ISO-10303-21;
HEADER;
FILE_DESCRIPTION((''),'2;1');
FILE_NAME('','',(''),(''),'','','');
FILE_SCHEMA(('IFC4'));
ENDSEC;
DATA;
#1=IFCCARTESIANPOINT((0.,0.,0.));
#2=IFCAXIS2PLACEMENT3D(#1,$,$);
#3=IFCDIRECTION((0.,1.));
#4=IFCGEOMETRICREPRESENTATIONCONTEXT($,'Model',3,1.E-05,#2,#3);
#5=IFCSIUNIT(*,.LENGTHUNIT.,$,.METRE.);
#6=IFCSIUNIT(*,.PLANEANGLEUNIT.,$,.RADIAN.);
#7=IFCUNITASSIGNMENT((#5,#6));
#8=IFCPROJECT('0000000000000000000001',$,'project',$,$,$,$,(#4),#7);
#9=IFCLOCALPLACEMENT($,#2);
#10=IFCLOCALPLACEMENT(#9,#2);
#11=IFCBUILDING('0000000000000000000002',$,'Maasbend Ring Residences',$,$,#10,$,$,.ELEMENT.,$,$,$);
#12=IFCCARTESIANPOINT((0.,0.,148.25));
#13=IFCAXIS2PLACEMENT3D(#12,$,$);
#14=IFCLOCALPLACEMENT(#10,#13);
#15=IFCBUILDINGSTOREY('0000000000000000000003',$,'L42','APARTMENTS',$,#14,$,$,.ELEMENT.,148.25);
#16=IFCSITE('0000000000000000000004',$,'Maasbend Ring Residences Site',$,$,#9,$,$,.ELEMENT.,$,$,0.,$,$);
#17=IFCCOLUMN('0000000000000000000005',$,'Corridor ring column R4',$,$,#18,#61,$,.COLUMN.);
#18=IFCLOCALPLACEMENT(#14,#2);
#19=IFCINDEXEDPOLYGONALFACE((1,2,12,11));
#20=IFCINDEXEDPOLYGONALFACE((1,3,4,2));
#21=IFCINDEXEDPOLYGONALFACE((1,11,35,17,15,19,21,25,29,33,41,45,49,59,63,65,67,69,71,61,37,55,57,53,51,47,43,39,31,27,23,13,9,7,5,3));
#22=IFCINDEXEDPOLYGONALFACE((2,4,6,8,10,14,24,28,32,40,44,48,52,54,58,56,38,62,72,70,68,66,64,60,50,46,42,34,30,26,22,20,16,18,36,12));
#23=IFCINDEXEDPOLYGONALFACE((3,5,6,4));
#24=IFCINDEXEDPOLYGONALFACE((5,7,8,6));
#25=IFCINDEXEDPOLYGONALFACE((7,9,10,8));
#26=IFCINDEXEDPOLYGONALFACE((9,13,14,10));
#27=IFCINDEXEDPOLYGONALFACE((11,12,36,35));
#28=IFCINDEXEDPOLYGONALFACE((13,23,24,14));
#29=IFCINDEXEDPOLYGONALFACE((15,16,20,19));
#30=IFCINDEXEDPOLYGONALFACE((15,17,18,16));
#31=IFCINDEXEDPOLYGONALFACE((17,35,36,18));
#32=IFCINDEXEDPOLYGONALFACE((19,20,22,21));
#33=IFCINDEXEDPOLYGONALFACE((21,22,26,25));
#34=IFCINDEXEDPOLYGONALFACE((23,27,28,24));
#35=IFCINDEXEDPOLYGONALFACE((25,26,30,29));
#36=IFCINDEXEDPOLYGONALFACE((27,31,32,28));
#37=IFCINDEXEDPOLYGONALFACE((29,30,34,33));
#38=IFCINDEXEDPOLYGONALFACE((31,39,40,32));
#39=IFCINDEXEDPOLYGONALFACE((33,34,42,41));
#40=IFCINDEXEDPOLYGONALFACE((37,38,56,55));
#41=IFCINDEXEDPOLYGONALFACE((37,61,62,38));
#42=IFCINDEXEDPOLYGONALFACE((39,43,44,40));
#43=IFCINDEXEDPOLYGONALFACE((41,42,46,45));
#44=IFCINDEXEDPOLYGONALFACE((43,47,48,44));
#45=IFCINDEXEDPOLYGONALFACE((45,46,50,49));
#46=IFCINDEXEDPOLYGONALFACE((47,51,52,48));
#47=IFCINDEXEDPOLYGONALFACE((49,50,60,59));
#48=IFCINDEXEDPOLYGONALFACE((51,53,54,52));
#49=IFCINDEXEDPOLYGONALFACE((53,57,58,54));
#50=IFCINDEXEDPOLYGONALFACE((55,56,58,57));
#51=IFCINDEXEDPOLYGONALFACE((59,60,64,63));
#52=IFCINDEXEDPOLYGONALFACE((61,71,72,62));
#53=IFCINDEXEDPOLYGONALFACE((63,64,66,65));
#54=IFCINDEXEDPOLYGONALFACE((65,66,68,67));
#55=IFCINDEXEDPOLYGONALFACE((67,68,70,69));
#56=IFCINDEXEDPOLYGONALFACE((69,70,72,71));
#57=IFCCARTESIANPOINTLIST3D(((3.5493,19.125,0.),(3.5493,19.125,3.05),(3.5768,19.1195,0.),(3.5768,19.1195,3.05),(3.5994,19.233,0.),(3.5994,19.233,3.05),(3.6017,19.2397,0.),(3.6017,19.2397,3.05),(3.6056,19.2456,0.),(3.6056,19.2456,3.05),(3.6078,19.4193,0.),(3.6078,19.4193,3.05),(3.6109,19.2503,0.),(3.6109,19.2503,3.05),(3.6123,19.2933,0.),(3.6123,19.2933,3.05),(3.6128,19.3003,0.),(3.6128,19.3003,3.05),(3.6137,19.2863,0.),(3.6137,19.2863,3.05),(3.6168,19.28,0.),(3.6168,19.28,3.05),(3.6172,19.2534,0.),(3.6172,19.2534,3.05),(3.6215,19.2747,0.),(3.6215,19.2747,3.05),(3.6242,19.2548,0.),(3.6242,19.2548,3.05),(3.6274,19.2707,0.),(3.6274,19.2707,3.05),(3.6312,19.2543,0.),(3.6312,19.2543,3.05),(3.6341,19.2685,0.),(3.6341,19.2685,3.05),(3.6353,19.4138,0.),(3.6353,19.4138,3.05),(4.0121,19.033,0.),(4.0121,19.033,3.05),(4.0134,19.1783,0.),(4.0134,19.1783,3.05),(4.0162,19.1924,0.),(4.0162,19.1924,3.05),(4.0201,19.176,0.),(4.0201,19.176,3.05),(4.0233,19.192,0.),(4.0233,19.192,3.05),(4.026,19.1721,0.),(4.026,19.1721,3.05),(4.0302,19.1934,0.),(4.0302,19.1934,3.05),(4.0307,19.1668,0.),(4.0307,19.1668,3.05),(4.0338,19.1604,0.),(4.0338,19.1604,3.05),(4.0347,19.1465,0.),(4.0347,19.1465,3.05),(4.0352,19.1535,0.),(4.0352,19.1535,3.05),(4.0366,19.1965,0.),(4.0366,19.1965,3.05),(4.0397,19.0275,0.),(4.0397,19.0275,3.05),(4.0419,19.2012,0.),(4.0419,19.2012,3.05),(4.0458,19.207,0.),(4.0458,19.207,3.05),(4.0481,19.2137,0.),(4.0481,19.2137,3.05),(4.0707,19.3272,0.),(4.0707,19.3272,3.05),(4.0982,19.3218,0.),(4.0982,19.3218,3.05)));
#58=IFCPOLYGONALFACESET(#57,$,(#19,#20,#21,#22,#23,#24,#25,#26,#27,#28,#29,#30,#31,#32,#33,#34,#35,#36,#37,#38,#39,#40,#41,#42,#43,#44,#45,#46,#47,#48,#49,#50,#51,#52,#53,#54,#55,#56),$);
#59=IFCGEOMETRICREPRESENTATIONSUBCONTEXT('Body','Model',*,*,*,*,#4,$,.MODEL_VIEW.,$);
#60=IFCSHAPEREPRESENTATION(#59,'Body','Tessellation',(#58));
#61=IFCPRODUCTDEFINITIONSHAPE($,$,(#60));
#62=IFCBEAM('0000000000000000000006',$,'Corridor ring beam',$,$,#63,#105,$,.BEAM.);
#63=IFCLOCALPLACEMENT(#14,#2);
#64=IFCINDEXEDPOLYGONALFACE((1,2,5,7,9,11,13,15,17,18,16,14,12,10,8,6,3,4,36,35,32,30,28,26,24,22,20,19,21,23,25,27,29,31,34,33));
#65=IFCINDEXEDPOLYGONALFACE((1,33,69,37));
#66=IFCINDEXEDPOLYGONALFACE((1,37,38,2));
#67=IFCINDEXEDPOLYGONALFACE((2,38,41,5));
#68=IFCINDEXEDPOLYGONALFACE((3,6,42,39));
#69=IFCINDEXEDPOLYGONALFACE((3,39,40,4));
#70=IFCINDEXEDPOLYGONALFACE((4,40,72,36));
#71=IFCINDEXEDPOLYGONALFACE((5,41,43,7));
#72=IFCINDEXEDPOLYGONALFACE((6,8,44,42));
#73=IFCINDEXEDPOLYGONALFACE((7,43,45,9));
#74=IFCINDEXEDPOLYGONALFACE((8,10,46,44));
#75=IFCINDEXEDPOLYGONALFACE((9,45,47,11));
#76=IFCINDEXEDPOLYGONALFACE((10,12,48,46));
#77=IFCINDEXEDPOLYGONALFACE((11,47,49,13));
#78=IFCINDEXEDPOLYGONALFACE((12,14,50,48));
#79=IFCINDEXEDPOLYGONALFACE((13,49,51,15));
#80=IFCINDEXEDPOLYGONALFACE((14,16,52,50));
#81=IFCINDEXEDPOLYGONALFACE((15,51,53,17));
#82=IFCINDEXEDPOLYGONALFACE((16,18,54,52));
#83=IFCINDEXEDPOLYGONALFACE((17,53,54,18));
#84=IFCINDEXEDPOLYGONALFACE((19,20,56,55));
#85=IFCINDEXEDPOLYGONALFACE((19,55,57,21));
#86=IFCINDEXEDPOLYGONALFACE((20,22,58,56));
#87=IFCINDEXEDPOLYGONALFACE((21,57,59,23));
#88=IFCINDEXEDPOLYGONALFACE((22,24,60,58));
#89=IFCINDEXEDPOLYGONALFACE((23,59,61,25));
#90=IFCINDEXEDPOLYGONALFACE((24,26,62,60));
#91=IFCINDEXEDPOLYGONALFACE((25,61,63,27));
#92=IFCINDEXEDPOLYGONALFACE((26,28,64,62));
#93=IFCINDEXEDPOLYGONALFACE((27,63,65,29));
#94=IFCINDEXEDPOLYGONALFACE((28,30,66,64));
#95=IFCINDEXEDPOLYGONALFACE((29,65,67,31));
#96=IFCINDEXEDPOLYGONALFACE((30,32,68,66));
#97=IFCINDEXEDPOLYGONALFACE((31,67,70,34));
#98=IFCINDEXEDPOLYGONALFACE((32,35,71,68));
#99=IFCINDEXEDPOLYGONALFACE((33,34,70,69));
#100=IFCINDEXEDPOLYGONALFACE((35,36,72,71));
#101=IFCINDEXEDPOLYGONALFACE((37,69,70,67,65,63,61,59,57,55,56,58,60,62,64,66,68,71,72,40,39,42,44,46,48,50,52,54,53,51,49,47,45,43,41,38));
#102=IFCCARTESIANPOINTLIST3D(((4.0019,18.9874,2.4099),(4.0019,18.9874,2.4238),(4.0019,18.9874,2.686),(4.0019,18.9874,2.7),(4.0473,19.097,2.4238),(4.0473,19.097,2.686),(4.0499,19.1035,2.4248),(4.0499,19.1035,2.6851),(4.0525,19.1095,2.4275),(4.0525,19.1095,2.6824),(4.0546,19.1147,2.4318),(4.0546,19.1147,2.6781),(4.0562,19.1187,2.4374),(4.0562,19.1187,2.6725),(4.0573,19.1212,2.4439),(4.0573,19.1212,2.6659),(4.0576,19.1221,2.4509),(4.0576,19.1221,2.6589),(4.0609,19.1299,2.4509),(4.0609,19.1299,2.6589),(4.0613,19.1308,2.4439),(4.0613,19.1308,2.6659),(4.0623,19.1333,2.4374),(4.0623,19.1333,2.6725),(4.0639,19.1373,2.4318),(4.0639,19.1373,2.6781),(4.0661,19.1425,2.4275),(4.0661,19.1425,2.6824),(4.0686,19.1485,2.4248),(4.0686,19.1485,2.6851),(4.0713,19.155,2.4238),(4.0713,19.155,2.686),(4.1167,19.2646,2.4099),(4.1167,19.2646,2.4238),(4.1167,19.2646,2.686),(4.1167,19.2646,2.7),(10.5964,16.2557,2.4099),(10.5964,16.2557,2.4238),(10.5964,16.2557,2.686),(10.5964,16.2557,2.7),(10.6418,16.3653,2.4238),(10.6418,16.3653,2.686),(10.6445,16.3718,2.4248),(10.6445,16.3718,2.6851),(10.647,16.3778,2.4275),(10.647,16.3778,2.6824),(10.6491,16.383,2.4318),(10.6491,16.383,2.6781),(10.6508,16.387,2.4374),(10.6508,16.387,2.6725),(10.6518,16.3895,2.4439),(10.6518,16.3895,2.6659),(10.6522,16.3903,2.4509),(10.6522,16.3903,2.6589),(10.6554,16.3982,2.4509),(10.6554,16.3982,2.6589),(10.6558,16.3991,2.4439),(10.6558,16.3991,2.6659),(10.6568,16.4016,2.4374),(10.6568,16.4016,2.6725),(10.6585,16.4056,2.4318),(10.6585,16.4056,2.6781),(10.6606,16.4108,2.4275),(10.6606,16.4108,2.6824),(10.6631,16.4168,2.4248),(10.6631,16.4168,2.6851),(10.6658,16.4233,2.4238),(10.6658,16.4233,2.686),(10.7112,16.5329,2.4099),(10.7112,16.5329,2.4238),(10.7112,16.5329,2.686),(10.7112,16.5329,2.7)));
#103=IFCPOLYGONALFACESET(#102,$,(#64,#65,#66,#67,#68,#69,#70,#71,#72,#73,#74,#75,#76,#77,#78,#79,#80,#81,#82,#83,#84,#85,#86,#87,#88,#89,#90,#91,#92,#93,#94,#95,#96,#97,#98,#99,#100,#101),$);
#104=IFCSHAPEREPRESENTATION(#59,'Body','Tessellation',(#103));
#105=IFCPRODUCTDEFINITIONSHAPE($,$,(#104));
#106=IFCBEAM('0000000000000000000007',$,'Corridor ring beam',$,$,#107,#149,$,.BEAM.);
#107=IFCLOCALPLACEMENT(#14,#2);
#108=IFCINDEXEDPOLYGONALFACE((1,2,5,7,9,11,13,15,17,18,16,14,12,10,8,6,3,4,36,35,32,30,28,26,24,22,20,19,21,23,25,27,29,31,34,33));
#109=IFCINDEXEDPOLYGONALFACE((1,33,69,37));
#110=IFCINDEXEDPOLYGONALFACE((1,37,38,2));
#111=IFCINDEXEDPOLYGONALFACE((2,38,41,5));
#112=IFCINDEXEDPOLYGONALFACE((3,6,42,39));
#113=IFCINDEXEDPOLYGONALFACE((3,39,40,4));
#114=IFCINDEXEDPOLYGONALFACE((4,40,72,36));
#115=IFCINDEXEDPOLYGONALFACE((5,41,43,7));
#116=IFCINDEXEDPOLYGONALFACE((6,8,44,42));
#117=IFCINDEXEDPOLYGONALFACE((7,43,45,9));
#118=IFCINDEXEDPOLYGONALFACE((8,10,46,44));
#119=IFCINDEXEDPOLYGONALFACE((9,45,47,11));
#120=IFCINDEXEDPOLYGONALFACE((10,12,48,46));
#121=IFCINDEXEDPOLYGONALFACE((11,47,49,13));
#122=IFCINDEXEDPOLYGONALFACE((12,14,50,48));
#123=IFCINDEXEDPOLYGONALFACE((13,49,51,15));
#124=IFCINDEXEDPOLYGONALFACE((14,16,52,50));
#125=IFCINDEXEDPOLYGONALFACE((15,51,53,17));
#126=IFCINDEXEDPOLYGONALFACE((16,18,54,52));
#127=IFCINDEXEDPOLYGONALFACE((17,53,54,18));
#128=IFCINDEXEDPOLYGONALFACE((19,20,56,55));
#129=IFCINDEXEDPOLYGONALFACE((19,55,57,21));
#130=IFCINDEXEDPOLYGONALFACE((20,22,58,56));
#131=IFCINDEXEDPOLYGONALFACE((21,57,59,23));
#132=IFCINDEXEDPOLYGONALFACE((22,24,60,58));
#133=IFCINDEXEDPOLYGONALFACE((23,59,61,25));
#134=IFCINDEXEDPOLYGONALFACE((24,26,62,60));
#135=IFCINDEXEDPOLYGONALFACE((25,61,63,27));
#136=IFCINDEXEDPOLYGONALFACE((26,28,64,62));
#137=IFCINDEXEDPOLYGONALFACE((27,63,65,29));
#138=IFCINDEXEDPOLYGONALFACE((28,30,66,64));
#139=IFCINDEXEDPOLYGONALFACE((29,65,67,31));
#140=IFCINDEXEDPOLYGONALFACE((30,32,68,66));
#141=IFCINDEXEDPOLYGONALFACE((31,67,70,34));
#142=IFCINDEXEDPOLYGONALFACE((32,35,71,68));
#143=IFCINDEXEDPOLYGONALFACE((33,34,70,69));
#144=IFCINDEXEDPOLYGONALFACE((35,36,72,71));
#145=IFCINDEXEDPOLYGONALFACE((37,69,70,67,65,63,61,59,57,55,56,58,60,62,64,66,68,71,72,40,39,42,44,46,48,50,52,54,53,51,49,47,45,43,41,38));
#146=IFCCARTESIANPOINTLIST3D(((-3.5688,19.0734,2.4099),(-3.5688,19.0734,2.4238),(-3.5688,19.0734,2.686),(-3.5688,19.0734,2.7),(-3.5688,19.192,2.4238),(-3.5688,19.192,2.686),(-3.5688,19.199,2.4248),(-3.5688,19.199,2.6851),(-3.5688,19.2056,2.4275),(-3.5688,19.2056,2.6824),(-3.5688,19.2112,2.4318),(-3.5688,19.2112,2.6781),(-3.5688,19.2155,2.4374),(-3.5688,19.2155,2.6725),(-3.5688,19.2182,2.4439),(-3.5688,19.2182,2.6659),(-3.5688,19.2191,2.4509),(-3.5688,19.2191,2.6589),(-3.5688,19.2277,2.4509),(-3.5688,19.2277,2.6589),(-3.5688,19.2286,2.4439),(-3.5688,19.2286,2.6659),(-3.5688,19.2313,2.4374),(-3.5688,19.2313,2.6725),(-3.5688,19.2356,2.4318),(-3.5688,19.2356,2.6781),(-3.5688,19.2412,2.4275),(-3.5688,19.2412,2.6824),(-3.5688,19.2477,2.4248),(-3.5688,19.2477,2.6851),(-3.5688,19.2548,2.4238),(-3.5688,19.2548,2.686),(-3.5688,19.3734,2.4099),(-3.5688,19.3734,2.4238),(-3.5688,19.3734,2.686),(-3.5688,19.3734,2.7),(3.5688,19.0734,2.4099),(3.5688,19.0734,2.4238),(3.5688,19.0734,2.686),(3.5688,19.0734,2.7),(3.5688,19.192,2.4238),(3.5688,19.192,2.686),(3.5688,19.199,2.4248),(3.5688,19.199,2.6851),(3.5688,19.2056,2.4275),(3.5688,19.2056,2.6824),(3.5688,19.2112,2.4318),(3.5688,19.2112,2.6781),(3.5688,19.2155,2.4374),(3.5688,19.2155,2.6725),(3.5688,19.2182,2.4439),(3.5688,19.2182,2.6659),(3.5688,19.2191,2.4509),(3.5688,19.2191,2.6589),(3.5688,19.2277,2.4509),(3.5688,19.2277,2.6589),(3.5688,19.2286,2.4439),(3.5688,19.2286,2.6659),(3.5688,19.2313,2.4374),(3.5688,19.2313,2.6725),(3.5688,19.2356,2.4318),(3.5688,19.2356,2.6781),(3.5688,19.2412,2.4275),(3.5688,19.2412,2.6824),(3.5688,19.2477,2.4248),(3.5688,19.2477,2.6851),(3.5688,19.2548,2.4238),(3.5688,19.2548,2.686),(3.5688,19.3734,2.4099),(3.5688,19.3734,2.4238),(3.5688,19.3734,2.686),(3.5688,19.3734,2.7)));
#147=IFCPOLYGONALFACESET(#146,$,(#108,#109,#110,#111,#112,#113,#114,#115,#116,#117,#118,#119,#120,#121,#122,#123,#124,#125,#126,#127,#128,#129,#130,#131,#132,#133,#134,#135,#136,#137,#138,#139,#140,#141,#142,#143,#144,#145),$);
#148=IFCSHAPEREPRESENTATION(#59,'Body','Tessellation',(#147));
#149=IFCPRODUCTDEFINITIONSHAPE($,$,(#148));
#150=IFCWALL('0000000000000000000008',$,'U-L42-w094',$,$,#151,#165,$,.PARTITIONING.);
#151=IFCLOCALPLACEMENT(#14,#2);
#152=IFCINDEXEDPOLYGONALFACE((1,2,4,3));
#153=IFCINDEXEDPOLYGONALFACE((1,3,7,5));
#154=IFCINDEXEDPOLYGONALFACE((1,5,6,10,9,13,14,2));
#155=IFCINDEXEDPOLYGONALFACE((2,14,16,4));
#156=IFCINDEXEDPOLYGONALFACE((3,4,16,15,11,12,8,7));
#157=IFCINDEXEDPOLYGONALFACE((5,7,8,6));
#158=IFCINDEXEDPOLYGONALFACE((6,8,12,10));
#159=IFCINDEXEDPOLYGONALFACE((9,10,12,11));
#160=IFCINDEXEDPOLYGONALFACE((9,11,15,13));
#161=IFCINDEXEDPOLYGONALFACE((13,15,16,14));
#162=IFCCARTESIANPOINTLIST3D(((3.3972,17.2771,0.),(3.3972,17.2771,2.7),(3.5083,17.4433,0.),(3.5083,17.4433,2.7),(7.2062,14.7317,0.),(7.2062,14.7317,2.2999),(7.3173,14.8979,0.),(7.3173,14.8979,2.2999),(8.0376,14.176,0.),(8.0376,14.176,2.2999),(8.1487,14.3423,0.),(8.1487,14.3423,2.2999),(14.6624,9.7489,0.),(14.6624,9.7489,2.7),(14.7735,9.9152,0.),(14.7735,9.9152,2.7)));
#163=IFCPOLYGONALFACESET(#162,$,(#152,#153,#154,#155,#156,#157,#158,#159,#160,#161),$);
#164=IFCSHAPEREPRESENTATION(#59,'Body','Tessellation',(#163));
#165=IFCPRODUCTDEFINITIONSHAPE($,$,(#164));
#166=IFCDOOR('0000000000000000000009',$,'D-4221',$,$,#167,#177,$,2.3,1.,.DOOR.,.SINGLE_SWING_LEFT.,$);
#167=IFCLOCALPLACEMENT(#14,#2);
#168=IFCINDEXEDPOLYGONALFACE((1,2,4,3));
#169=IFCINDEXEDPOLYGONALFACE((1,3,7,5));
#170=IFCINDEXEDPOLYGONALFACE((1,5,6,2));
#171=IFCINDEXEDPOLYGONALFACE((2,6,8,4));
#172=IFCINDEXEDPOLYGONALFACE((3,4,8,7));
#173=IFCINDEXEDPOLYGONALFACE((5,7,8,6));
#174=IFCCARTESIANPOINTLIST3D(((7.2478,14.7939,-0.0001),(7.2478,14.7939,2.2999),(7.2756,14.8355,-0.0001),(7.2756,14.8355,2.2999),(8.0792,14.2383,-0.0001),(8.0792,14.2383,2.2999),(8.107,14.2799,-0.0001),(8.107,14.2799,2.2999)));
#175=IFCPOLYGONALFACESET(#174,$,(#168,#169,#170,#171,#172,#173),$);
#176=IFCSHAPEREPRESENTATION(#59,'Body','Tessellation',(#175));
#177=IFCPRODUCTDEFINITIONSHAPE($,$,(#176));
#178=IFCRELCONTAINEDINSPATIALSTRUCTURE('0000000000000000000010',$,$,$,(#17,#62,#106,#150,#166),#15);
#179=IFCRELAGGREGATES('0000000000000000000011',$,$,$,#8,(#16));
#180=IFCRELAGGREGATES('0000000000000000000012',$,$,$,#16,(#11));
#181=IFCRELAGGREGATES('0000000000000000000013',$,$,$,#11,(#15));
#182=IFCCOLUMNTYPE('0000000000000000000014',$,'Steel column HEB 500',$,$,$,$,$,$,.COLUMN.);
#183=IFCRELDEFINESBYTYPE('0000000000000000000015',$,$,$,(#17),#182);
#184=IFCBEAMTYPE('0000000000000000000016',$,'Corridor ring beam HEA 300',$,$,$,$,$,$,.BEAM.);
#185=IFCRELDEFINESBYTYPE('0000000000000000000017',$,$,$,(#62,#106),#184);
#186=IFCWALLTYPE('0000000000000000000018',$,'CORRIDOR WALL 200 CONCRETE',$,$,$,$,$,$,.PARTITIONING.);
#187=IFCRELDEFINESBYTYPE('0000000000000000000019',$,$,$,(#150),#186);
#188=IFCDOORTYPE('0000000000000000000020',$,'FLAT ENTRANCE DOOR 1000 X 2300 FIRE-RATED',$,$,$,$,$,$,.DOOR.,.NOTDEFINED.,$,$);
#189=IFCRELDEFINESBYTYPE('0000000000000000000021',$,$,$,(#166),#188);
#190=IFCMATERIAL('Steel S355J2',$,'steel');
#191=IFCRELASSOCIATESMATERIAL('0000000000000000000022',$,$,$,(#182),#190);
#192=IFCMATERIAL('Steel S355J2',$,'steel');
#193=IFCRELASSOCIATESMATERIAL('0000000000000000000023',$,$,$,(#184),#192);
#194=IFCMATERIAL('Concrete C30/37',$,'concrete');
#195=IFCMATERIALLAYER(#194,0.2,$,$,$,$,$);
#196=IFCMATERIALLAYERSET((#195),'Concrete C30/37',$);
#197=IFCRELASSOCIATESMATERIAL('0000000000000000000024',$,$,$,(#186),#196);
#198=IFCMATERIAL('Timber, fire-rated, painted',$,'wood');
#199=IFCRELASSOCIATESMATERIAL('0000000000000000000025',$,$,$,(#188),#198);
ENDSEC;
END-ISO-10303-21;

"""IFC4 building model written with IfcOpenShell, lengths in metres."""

from ifc_helpers import new_model, si_unit, direction, frame, frame_2d, origin, origin_2d, place, context, subcontext, project, spatial, rectangle, i_section, extrude, material, layer, layer_set, material_profile, profile_set, type_object, element, fill, save


model = new_model("IFC4")

# Units and contexts
model_context = context("Model", 3, precision=1e-05, world=origin(), true_north=direction((0.0, 1.0)))
body_context = subcontext(model_context, "Body", "Model", "MODEL_VIEW")
ifc_project = project(units=[si_unit("LENGTHUNIT", "METRE"), si_unit("PLANEANGLEUNIT", "RADIAN")], contexts=[model_context])

# Site, building, storey
site_placement = place(None, origin())
site = spatial("IfcSite", under=ifc_project, at=site_placement, Name="Maasbend Ring Residences Site", CompositionType="ELEMENT", RefElevation=0.0)
building_placement = place(site_placement, origin())
building = spatial("IfcBuilding", under=site, at=building_placement, Name="Maasbend Ring Residences", CompositionType="ELEMENT")
storey_placement = place(building_placement, frame((0.0, 0.0, 148.25)))
storey = spatial("IfcBuildingStorey", under=building, at=storey_placement, Name="L42", Description="APARTMENTS", CompositionType="ELEMENT", Elevation=148.25)

# Column
ifc_material_1 = material(Name="Steel S355J2", Category="steel")
ifc_material_profile_1 = material_profile(ifc_material_1, i_section(OverallWidth=0.3, OverallDepth=0.5, WebThickness=0.0144, FlangeThickness=0.0281, FilletRadius=0.0271, at=origin_2d()), Name="HEB 500")
ifc_profile_set_1 = profile_set([ifc_material_profile_1], Name="Steel S355J2")
column_type = type_object("IfcColumnType", Name="Steel column HEB 500", PredefinedType="COLUMN", material=ifc_profile_set_1)
column_placement = place(storey_placement, frame((3.8237, 19.2234, 0.0), z_axis=(0.0, 0.0, 1.0), x_axis=(0.19509, 0.980785, 0.0)))
element("IfcColumn", 1, at=column_placement, inside=storey, type_object=column_type, Name="Corridor ring column R4", PredefinedType="COLUMN", context=body_context, shape_type="SweptSolid", body=[
    extrude(i_section(OverallWidth=0.3, OverallDepth=0.5, WebThickness=0.0144, FlangeThickness=0.0281, FilletRadius=0.0271, at=origin_2d()), origin(), (0.0, 0.0, 1.0), 3.05),
])

# Beams
ifc_material_2 = material(Name="Steel S355J2", Category="steel")
ifc_material_profile_2 = material_profile(ifc_material_2, i_section(OverallWidth=0.3, OverallDepth=0.29, WebThickness=0.0085, FlangeThickness=0.0139, FilletRadius=0.0271, at=origin_2d()), Name="HEA 300")
ifc_profile_set_2 = profile_set([ifc_material_profile_2], Name="Steel S355J2")
beam_type = type_object("IfcBeamType", Name="Corridor ring beam HEA 300", PredefinedType="BEAM", material=ifc_profile_set_2)
beam_1_placement = place(storey_placement, frame((10.6538, 16.3943, 2.5549), z_axis=(-0.923871, 0.382703, 0.0), x_axis=(-0.382703, -0.923871, 0.0)))
element("IfcBeam", 2, at=beam_1_placement, inside=storey, type_object=beam_type, Name="Corridor ring beam", PredefinedType="BEAM", context=body_context, shape_type="SweptSolid", body=[
    extrude(i_section(OverallWidth=0.3, OverallDepth=0.29, WebThickness=0.0085, FlangeThickness=0.0139, FilletRadius=0.0271, at=origin_2d()), origin(), (0.0, 0.0, 1.0), 7.1379),
])
beam_2_placement = place(storey_placement, frame((3.5688, 19.2234, 2.5549), z_axis=(-1.0, 0.0, 0.0), x_axis=(0.0, -1.0, 0.0)))
element("IfcBeam", 3, at=beam_2_placement, inside=storey, type_object=beam_type, Name="Corridor ring beam", PredefinedType="BEAM", context=body_context, shape_type="SweptSolid", body=[
    extrude(i_section(OverallWidth=0.3, OverallDepth=0.29, WebThickness=0.0085, FlangeThickness=0.0139, FilletRadius=0.0271, at=origin_2d()), origin(), (0.0, 0.0, 1.0), 7.1377),
])

# Wall, opening, door
ifc_material_3 = material(Name="Concrete C30/37", Category="concrete")
ifc_layer_1 = layer(ifc_material_3, 0.2)
ifc_layer_set_1 = layer_set([ifc_layer_1], Name="Concrete C30/37")
wall_type_1 = type_object("IfcWallType", Name="CORRIDOR WALL 200 CONCRETE", PredefinedType="PARTITIONING", material=ifc_layer_set_1)
wall_1_placement = place(storey_placement, frame((3.4529, 17.3601, 0.0), z_axis=(0.0, 0.0, 1.0), x_axis=(0.831437, -0.555619, 0.0)))
wall_1 = element("IfcWall", 4, at=wall_1_placement, inside=storey, type_object=wall_type_1, Name="U-L42-w094", PredefinedType="PARTITIONING", context=body_context, shape_type="SweptSolid", body=[
    extrude(rectangle(XDim=13.5491, YDim=0.2, at=frame_2d((6.7744, 0.0))), origin(), (0.0, 0.0, 1.0), 2.7),
])
opening_1_placement = place(wall_1_placement, frame((4.5811, 0.0, 0.0)))
opening_1 = element("IfcOpeningElement", 5, at=opening_1_placement, cuts=wall_1, PredefinedType="OPENING", context=body_context, shape_type="SweptSolid", body=[
    extrude(rectangle(XDim=1.0, YDim=2.3, at=frame_2d((0.5, 1.1499))), frame((0.0, 0.1099, 0.0), z_axis=(0.0, -1.0, 0.0), x_axis=(1.0, 0.0, 0.0)), (0.0, 0.0, 1.0), 0.22),
])
ifc_material_4 = material(Name="Timber, fire-rated, painted", Category="wood")
door_type_1 = type_object("IfcDoorType", Name="FLAT ENTRANCE DOOR 1000 X 2300 FIRE-RATED", OperationType="NOTDEFINED", PredefinedType="DOOR", material=ifc_material_4)
door_1_placement = place(opening_1_placement, origin())
door_1 = element("IfcDoor", 6, at=door_1_placement, inside=storey, type_object=door_type_1, Name="D-4221", OperationType="SINGLE_SWING_LEFT", OverallHeight=2.3, OverallWidth=1.0, PredefinedType="DOOR", context=body_context, shape_type="SweptSolid", body=[
    extrude(rectangle(XDim=1.0, YDim=2.3, at=frame_2d((0.5, 1.1499))), frame((0.0, 0.0249, 0.0), z_axis=(0.0, -1.0, 0.0), x_axis=(1.0, 0.0, 0.0)), (0.0, 0.0, 1.0), 0.05),
])
fill(opening_1, door_1)

save(model, "model.ifc")
